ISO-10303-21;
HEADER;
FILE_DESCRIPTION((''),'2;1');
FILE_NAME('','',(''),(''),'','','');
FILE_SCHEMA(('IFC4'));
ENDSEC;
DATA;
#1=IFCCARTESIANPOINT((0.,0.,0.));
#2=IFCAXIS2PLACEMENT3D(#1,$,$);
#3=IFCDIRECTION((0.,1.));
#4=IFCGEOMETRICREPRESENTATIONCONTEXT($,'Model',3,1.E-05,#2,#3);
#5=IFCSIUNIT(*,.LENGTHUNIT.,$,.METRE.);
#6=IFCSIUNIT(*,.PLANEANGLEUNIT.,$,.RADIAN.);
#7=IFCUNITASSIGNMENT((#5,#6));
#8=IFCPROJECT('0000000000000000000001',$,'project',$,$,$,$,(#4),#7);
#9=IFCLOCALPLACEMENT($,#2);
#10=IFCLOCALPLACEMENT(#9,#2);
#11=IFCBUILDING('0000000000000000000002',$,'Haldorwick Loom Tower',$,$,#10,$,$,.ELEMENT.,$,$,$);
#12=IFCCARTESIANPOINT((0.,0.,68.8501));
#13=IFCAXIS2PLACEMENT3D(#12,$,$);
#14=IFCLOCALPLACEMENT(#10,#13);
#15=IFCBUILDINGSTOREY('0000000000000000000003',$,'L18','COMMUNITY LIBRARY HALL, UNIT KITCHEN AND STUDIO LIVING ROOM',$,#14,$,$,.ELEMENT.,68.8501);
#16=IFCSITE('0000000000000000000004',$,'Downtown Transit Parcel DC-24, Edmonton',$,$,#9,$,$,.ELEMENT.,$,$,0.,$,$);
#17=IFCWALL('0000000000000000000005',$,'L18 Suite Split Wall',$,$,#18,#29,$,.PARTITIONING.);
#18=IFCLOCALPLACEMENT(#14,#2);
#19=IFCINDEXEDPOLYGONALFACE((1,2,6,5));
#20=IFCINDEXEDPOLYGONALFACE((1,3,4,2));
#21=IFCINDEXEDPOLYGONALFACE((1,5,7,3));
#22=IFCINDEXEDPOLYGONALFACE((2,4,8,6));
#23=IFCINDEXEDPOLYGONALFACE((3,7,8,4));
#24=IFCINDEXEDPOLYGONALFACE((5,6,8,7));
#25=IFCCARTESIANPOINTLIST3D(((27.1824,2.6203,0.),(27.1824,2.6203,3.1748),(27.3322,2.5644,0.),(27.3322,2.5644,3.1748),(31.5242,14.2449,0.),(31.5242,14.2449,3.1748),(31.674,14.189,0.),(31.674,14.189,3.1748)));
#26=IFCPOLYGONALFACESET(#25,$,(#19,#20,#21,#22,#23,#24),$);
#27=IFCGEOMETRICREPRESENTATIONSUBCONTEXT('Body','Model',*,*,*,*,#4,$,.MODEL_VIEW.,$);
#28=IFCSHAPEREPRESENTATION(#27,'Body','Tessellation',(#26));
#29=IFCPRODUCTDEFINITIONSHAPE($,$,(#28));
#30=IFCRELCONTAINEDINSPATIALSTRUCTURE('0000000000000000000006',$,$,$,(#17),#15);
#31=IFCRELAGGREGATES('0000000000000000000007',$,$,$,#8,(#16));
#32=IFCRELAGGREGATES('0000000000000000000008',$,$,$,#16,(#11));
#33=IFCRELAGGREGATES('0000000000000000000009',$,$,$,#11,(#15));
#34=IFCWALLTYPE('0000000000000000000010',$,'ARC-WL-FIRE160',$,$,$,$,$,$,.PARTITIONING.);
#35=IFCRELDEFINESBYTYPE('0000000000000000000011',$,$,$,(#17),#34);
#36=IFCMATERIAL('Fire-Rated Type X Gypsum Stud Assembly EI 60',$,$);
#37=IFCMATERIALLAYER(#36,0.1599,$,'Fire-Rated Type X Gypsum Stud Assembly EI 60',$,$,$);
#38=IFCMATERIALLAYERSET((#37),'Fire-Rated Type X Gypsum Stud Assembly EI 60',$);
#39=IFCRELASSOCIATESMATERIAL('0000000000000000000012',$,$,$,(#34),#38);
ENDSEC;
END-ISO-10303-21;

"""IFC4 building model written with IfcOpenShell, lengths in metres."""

from ifc_helpers import new_model, si_unit, direction, frame, frame_2d, origin, place, context, subcontext, project, spatial, rectangle, extrude, material, layer, layer_set, type_object, element, save


model = new_model("IFC4")

# Units and contexts
model_context = context("Model", 3, precision=1e-05, world=origin(), true_north=direction((0.0, 1.0)))
body_context = subcontext(model_context, "Body", "Model", "MODEL_VIEW")
ifc_project = project(units=[si_unit("LENGTHUNIT", "METRE"), si_unit("PLANEANGLEUNIT", "RADIAN")], contexts=[model_context])

# Site, building, storey
site_placement = place(None, origin())
site = spatial("IfcSite", under=ifc_project, at=site_placement, Name="Downtown Transit Parcel DC-24, Edmonton", CompositionType="ELEMENT", RefElevation=0.0)
building_placement = place(site_placement, origin())
building = spatial("IfcBuilding", under=site, at=building_placement, Name="Haldorwick Loom Tower", CompositionType="ELEMENT")
storey_placement = place(building_placement, frame((0.0, 0.0, 68.8501)))
storey = spatial("IfcBuildingStorey", under=building, at=storey_placement, Name="L18", Description="COMMUNITY LIBRARY HALL, UNIT KITCHEN AND STUDIO LIVING ROOM", CompositionType="ELEMENT", Elevation=68.8501)

# Wall
ifc_material_1 = material(Name="Fire-Rated Type X Gypsum Stud Assembly EI 60")
ifc_layer_1 = layer(ifc_material_1, 0.1599, Name="Fire-Rated Type X Gypsum Stud Assembly EI 60")
ifc_layer_set_1 = layer_set([ifc_layer_1], Name="Fire-Rated Type X Gypsum Stud Assembly EI 60")
wall_type = type_object("IfcWallType", Name="ARC-WL-FIRE160", PredefinedType="PARTITIONING", material=ifc_layer_set_1)
wall_1_placement = place(storey_placement, frame((31.5991, 14.217, 0.0), z_axis=(0.0, 0.0, 1.0), x_axis=(-0.349894, -0.936789, 0.0)))
element("IfcWall", 1, at=wall_1_placement, inside=storey, type_object=wall_type, Name="L18 Suite Split Wall", PredefinedType="PARTITIONING", context=body_context, shape_type="SweptSolid", body=[
    extrude(rectangle(XDim=12.4089, YDim=0.1599, at=frame_2d((6.2046, 0.0))), origin(), (0.0, 0.0, 1.0), 3.1748),
])

save(model, "model.ifc")
